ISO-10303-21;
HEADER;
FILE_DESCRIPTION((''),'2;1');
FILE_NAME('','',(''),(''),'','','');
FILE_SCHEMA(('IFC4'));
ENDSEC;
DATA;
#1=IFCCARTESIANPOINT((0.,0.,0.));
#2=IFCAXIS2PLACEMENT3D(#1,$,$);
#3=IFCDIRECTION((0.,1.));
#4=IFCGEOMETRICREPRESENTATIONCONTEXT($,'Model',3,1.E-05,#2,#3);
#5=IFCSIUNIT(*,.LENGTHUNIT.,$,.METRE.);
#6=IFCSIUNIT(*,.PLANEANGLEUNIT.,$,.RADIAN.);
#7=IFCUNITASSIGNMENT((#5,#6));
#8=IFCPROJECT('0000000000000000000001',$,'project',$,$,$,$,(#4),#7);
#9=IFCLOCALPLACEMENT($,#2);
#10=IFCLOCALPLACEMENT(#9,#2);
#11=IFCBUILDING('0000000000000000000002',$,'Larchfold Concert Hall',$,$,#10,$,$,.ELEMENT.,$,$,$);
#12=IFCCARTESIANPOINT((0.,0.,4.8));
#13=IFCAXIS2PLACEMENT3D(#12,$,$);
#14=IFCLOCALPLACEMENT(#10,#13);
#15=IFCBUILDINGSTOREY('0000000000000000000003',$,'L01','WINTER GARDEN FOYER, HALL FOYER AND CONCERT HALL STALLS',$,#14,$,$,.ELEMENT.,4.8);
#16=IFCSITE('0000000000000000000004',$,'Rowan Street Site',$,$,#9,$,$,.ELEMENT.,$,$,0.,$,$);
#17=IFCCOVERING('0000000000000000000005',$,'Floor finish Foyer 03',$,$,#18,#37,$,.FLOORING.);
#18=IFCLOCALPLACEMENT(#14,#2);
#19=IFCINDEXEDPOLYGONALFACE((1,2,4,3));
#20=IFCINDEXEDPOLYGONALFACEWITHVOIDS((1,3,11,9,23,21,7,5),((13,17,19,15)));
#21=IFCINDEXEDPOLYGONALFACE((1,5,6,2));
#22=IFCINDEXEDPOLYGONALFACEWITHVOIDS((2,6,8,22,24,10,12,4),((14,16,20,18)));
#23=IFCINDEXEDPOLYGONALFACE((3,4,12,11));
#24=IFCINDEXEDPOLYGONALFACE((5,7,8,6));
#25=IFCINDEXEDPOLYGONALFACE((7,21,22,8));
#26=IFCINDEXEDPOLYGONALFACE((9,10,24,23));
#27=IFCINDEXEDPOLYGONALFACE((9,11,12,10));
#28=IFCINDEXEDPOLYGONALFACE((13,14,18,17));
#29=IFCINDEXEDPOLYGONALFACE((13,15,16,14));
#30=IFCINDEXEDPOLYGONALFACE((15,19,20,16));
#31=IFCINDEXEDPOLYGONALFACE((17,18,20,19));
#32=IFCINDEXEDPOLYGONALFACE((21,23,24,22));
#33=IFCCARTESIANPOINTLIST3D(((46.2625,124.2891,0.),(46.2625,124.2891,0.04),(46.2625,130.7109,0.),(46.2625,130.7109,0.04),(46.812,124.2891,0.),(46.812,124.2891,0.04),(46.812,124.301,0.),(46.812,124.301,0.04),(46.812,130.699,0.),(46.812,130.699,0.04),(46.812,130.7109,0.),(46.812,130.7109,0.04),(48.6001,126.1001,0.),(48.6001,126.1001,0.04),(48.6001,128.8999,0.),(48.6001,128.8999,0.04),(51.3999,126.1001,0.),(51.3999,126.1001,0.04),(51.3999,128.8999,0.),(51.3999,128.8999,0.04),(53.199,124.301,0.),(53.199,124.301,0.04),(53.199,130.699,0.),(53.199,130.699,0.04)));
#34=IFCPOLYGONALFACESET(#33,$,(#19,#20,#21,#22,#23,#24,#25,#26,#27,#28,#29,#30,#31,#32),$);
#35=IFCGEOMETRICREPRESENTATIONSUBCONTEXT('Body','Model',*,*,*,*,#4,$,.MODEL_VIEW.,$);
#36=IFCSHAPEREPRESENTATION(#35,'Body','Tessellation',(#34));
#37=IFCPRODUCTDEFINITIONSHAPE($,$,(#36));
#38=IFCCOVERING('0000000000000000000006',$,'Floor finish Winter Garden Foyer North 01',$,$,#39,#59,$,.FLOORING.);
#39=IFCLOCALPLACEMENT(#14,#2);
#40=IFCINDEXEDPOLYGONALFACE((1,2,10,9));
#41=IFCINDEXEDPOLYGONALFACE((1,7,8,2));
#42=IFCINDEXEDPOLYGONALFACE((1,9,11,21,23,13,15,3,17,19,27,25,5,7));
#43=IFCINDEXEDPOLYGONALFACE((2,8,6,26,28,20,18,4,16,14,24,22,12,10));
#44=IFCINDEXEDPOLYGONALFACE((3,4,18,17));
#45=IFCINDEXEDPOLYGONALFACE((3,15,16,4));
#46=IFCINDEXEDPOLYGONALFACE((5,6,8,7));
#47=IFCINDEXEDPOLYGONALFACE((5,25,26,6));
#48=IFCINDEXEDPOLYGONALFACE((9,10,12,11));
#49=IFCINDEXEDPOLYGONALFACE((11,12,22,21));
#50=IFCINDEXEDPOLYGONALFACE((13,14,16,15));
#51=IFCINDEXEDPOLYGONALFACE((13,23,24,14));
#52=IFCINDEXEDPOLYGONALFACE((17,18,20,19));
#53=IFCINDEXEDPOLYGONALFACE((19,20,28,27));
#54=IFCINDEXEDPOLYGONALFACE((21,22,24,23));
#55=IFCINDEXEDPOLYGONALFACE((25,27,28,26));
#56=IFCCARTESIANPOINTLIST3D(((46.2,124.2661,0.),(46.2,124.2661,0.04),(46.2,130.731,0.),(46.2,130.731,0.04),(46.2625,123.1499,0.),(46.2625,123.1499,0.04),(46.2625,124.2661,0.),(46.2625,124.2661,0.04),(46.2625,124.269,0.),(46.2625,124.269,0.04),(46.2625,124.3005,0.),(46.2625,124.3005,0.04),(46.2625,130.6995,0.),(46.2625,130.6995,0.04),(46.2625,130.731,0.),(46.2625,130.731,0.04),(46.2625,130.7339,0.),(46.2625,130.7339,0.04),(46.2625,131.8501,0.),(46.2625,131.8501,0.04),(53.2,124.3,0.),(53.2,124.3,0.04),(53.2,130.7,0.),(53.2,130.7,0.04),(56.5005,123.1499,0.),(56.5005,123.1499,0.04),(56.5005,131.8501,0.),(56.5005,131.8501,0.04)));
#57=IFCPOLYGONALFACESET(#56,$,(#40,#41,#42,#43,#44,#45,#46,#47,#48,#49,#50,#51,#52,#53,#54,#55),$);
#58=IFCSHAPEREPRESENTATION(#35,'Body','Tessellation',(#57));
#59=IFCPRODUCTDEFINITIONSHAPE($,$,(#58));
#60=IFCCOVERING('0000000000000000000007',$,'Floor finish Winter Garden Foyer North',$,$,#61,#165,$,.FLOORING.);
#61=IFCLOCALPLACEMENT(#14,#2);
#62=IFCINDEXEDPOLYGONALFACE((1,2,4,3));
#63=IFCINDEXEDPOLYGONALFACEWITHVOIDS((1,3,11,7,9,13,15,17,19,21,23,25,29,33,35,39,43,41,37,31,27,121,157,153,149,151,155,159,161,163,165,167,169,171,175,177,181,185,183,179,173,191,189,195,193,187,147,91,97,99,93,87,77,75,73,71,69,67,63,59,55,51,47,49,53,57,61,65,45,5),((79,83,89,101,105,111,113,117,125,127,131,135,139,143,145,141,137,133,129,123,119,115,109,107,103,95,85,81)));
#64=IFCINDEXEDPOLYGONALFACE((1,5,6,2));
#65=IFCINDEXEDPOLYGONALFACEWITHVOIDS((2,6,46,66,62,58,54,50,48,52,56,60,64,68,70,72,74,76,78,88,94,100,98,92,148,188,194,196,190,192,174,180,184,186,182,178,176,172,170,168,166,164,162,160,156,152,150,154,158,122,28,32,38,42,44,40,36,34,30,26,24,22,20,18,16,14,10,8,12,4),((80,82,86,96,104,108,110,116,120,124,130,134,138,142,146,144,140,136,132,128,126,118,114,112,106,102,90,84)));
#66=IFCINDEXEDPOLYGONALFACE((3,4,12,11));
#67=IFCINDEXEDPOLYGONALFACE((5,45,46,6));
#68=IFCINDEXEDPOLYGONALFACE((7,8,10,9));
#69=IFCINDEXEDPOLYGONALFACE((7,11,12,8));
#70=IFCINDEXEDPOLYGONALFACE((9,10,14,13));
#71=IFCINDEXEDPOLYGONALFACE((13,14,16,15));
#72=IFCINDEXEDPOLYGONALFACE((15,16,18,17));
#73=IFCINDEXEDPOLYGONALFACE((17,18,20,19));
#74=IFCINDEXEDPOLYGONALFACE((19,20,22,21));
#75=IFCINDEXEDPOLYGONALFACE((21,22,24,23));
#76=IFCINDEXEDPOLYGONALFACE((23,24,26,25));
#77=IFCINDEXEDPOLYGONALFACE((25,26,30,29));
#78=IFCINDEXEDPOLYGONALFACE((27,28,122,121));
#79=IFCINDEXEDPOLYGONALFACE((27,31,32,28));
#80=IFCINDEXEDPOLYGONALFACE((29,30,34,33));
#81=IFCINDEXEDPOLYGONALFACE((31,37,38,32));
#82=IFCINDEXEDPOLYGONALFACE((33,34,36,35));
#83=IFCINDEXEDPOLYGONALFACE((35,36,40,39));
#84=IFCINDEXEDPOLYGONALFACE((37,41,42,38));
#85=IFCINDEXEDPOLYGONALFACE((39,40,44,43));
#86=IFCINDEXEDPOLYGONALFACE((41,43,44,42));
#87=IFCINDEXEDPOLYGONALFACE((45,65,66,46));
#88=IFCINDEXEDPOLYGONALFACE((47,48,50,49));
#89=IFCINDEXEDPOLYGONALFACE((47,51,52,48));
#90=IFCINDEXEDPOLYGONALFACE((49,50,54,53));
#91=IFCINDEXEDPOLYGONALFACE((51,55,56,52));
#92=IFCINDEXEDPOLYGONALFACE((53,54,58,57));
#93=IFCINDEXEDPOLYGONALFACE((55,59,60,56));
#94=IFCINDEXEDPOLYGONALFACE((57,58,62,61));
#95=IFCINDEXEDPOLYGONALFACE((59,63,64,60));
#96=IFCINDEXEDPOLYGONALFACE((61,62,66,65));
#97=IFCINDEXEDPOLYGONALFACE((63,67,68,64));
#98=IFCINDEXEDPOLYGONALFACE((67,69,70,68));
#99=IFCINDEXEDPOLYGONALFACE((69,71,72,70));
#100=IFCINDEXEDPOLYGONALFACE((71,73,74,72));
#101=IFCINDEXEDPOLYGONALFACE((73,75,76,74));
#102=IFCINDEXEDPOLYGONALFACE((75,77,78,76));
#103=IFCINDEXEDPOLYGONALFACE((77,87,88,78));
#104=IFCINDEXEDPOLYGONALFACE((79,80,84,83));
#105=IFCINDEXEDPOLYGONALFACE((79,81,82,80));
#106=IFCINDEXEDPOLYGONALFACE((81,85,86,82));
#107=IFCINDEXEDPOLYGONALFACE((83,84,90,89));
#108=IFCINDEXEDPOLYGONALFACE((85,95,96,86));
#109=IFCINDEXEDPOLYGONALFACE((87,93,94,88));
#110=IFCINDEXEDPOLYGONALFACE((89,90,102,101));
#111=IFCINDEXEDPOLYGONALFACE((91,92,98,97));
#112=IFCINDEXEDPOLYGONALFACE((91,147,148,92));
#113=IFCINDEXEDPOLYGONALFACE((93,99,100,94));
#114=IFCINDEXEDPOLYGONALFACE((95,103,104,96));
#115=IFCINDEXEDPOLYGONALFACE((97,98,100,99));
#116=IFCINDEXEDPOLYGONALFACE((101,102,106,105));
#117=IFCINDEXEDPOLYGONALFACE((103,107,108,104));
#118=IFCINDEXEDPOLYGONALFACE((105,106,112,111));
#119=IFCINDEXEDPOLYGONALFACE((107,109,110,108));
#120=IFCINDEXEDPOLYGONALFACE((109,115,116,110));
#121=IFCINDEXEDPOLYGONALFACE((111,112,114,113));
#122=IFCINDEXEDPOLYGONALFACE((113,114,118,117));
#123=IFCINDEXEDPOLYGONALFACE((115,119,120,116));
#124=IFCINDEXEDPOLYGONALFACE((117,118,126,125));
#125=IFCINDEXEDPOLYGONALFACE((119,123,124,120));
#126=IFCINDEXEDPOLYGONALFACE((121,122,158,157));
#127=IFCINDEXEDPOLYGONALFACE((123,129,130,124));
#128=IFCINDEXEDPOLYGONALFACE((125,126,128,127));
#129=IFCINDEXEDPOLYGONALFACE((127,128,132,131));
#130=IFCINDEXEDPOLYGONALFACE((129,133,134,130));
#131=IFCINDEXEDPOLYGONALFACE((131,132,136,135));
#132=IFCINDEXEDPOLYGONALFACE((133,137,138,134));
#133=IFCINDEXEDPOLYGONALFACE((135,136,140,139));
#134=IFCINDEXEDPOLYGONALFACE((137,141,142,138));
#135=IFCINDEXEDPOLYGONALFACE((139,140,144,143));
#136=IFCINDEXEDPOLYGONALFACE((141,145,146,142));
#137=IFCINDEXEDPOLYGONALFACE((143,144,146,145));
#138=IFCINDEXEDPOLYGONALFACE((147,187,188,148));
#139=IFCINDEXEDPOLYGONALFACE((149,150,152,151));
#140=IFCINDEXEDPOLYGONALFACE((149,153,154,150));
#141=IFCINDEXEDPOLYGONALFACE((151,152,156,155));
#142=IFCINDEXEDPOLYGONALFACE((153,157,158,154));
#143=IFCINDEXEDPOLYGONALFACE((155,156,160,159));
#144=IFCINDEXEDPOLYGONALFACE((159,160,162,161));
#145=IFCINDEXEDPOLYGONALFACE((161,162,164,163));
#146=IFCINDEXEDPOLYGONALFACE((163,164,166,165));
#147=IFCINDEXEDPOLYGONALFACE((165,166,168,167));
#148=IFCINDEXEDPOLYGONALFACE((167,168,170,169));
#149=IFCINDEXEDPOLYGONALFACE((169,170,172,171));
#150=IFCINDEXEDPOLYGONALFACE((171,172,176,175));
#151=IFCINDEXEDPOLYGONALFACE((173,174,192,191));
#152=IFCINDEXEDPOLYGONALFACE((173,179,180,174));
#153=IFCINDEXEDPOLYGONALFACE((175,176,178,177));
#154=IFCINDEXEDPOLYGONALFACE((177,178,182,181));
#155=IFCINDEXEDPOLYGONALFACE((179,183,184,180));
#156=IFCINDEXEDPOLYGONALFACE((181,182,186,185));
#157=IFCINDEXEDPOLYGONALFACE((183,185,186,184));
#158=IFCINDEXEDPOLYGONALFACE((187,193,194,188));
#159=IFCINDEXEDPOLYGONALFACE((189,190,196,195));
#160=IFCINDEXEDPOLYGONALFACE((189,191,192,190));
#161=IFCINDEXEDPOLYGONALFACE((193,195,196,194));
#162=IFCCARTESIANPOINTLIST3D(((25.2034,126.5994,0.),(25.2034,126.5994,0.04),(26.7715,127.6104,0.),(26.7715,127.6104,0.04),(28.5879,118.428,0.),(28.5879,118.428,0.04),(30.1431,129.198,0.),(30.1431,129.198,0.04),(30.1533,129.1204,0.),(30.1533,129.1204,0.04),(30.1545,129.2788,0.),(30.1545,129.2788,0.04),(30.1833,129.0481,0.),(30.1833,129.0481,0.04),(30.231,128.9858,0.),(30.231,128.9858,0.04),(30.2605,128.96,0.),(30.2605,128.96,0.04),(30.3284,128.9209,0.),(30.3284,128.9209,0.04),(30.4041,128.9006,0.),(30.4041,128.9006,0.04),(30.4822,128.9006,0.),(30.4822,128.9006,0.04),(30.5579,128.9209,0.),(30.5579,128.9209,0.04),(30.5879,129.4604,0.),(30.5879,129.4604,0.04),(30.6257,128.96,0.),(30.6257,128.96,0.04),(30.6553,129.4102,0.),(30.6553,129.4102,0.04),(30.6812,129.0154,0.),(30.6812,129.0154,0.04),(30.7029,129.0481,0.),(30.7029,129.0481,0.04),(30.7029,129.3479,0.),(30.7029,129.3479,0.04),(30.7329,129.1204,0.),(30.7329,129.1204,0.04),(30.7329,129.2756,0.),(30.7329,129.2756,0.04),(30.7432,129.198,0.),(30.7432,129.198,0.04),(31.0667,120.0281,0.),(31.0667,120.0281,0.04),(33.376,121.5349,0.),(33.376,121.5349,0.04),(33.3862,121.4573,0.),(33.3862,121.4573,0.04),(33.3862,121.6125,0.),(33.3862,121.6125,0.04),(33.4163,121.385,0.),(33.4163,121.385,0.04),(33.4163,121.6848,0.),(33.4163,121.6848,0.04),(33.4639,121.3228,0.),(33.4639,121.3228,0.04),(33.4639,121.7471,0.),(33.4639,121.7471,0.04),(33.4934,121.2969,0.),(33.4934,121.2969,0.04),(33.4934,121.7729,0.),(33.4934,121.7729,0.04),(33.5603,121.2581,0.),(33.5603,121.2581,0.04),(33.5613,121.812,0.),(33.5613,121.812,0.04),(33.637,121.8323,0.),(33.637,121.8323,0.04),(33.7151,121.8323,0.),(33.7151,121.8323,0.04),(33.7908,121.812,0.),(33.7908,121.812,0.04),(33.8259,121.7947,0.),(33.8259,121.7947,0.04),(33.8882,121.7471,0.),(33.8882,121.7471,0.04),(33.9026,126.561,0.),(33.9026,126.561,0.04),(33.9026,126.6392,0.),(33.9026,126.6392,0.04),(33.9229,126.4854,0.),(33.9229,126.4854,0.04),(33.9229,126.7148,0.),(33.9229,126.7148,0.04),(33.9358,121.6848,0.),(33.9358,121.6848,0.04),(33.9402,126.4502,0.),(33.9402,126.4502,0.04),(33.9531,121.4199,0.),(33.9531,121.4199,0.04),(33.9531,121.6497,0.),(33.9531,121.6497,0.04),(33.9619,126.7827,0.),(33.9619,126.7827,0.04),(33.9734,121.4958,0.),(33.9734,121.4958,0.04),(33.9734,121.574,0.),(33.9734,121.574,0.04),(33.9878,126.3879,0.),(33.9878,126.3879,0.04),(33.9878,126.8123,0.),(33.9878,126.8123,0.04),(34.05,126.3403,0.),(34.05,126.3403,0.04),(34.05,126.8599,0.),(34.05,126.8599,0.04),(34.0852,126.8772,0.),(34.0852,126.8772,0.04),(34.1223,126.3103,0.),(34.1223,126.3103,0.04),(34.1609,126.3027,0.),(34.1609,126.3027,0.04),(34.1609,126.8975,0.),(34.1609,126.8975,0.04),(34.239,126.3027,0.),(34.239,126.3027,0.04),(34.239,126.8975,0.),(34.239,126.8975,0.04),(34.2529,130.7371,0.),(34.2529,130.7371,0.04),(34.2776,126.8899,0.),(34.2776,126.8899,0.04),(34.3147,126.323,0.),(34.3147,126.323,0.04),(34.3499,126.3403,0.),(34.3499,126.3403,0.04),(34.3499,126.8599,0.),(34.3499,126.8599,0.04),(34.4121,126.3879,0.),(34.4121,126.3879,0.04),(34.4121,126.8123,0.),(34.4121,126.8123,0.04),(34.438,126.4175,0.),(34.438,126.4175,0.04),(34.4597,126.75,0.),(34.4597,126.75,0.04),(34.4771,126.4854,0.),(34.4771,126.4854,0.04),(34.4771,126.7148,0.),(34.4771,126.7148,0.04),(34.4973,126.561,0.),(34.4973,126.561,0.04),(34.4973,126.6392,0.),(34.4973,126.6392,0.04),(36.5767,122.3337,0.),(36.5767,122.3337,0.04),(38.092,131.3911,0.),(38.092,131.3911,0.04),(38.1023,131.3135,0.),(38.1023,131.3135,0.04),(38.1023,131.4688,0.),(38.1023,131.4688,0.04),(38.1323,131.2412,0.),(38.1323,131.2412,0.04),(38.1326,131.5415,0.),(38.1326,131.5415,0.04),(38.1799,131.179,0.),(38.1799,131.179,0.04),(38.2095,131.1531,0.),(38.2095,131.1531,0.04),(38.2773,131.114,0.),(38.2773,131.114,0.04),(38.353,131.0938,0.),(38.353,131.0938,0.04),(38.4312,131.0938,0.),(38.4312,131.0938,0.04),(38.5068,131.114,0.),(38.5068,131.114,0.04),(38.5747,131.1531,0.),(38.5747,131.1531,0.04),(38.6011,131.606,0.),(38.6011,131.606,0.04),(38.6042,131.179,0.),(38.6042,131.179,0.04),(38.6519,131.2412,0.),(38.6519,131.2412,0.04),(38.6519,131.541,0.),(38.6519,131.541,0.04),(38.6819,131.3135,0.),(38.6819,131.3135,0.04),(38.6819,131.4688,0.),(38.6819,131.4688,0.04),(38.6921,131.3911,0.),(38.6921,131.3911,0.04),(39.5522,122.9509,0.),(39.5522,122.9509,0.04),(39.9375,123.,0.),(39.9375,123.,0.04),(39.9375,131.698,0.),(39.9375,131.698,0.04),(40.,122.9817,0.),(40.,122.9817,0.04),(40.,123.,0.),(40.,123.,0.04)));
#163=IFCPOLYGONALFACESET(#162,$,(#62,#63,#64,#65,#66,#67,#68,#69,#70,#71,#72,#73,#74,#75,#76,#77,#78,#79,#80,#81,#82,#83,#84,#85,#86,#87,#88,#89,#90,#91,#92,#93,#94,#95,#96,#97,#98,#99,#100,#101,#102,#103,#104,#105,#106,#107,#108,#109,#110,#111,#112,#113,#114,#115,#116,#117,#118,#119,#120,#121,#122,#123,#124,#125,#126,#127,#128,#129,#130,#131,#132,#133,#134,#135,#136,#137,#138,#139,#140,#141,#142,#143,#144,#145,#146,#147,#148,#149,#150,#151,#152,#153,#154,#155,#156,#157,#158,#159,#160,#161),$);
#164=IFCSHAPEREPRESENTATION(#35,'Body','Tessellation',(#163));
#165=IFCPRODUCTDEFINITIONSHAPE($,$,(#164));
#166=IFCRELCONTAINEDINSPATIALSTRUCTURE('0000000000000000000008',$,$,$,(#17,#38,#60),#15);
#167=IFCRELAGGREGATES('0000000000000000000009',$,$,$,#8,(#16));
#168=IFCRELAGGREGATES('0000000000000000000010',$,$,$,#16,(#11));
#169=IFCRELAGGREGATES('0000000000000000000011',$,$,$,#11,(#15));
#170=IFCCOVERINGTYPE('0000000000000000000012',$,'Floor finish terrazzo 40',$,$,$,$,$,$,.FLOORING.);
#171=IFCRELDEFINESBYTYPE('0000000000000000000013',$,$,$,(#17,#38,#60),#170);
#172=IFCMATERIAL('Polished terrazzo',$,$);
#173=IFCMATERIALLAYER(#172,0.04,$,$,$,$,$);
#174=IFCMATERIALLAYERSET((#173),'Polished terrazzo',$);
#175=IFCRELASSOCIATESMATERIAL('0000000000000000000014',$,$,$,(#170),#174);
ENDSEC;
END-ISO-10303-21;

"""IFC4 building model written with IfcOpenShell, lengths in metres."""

from ifc_helpers import new_model, si_unit, direction, frame, origin, place, context, subcontext, project, spatial, polyline, outline, extrude, material, layer, layer_set, type_object, element, save


model = new_model("IFC4")

# Units and contexts
model_context = context("Model", 3, precision=1e-05, world=origin(), true_north=direction((0.0, 1.0)))
body_context = subcontext(model_context, "Body", "Model", "MODEL_VIEW")
ifc_project = project(units=[si_unit("LENGTHUNIT", "METRE"), si_unit("PLANEANGLEUNIT", "RADIAN")], contexts=[model_context])

# Site, building, storey
site_placement = place(None, origin())
site = spatial("IfcSite", under=ifc_project, at=site_placement, Name="Rowan Street Site", CompositionType="ELEMENT", RefElevation=0.0)
building_placement = place(site_placement, origin())
building = spatial("IfcBuilding", under=site, at=building_placement, Name="Larchfold Concert Hall", CompositionType="ELEMENT")
storey_placement = place(building_placement, frame((0.0, 0.0, 4.8)))
storey = spatial("IfcBuildingStorey", under=building, at=storey_placement, Name="L01", Description="WINTER GARDEN FOYER, HALL FOYER AND CONCERT HALL STALLS", CompositionType="ELEMENT", Elevation=4.8)

# Coverings
ifc_material_1 = material(Name="Polished terrazzo")
ifc_layer_1 = layer(ifc_material_1, 0.04)
ifc_layer_set_1 = layer_set([ifc_layer_1], Name="Polished terrazzo")
covering_type_1 = type_object("IfcCoveringType", Name="Floor finish terrazzo 40", PredefinedType="FLOORING", material=ifc_layer_set_1)
covering_1_placement = place(storey_placement, origin())
element("IfcCovering", 1, at=covering_1_placement, inside=storey, type_object=covering_type_1, Name="Floor finish Foyer 03", PredefinedType="FLOORING", context=body_context, shape_type="SweptSolid", body=[
    extrude(outline(polyline([(46.2625, 124.2891), (46.812, 124.2891), (46.812, 124.301), (53.199, 124.301), (53.199, 130.699), (46.812, 130.699), (46.812, 130.7109), (46.2625, 130.7109), (46.2625, 124.2891)]), holes=[polyline([(48.6001, 126.1001), (48.6001, 128.8999), (51.3999, 128.8999), (51.3999, 126.1001), (48.6001, 126.1001)])]), origin(), (0.0, 0.0, 1.0), 0.04),
])
covering_2_placement = place(storey_placement, origin())
element("IfcCovering", 2, at=covering_2_placement, inside=storey, type_object=covering_type_1, Name="Floor finish Winter Garden Foyer North 01", PredefinedType="FLOORING", context=body_context, shape_type="SweptSolid", body=[
    extrude(outline(polyline([(46.2625, 131.8501), (46.2625, 130.7339), (46.2, 130.731), (46.2625, 130.731), (46.2625, 130.6995), (53.2, 130.7), (53.2, 124.3), (46.2625, 124.3005), (46.2625, 124.269), (46.2, 124.2661), (46.2625, 124.2661), (46.2625, 123.1499), (56.5005, 123.1499), (56.5005, 131.8501), (46.2625, 131.8501)])), origin(), (0.0, 0.0, 1.0), 0.04),
])
covering_3_placement = place(storey_placement, origin())
element("IfcCovering", 3, at=covering_3_placement, inside=storey, type_object=covering_type_1, Name="Floor finish Winter Garden Foyer North", PredefinedType="FLOORING", context=body_context, shape_type="SweptSolid", body=[
    extrude(outline(polyline([(26.7715, 127.6104), (25.2034, 126.5994), (28.5879, 118.428), (31.0667, 120.0281), (33.5603, 121.2581), (33.4934, 121.2969), (33.4639, 121.3228), (33.4163, 121.385), (33.3862, 121.4573), (33.376, 121.5349), (33.3862, 121.6125), (33.4163, 121.6848), (33.4639, 121.7471), (33.4934, 121.7729), (33.5613, 121.812), (33.637, 121.8323), (33.7151, 121.8323), (33.7908, 121.812), (33.8259, 121.7947), (33.8882, 121.7471), (33.9358, 121.6848), (33.9531, 121.6497), (33.9734, 121.574), (33.9734, 121.4958), (33.9531, 121.4199), (36.5767, 122.3337), (39.5522, 122.9509), (40.0, 122.9817), (40.0, 123.0), (39.9375, 123.0), (39.9375, 131.698), (38.6011, 131.606), (38.6519, 131.541), (38.6819, 131.4688), (38.6921, 131.3911), (38.6819, 131.3135), (38.6519, 131.2412), (38.6042, 131.179), (38.5747, 131.1531), (38.5068, 131.114), (38.4312, 131.0938), (38.353, 131.0938), (38.2773, 131.114), (38.2095, 131.1531), (38.1799, 131.179), (38.1323, 131.2412), (38.1023, 131.3135), (38.092, 131.3911), (38.1023, 131.4688), (38.1326, 131.5415), (34.2529, 130.7371), (30.5879, 129.4604), (30.6553, 129.4102), (30.7029, 129.3479), (30.7329, 129.2756), (30.7432, 129.198), (30.7329, 129.1204), (30.7029, 129.0481), (30.6812, 129.0154), (30.6257, 128.96), (30.5579, 128.9209), (30.4822, 128.9006), (30.4041, 128.9006), (30.3284, 128.9209), (30.2605, 128.96), (30.231, 128.9858), (30.1833, 129.0481), (30.1533, 129.1204), (30.1431, 129.198), (30.1545, 129.2788), (26.7715, 127.6104)]), holes=[polyline([(33.9878, 126.3879), (33.9402, 126.4502), (33.9229, 126.4854), (33.9026, 126.561), (33.9026, 126.6392), (33.9229, 126.7148), (33.9619, 126.7827), (33.9878, 126.8123), (34.05, 126.8599), (34.0852, 126.8772), (34.1609, 126.8975), (34.239, 126.8975), (34.2776, 126.8899), (34.3499, 126.8599), (34.4121, 126.8123), (34.4597, 126.75), (34.4771, 126.7148), (34.4973, 126.6392), (34.4973, 126.561), (34.4771, 126.4854), (34.438, 126.4175), (34.4121, 126.3879), (34.3499, 126.3403), (34.3147, 126.323), (34.239, 126.3027), (34.1609, 126.3027), (34.1223, 126.3103), (34.05, 126.3403), (33.9878, 126.3879)])]), origin(), (0.0, 0.0, 1.0), 0.04),
])

save(model, "model.ifc")
